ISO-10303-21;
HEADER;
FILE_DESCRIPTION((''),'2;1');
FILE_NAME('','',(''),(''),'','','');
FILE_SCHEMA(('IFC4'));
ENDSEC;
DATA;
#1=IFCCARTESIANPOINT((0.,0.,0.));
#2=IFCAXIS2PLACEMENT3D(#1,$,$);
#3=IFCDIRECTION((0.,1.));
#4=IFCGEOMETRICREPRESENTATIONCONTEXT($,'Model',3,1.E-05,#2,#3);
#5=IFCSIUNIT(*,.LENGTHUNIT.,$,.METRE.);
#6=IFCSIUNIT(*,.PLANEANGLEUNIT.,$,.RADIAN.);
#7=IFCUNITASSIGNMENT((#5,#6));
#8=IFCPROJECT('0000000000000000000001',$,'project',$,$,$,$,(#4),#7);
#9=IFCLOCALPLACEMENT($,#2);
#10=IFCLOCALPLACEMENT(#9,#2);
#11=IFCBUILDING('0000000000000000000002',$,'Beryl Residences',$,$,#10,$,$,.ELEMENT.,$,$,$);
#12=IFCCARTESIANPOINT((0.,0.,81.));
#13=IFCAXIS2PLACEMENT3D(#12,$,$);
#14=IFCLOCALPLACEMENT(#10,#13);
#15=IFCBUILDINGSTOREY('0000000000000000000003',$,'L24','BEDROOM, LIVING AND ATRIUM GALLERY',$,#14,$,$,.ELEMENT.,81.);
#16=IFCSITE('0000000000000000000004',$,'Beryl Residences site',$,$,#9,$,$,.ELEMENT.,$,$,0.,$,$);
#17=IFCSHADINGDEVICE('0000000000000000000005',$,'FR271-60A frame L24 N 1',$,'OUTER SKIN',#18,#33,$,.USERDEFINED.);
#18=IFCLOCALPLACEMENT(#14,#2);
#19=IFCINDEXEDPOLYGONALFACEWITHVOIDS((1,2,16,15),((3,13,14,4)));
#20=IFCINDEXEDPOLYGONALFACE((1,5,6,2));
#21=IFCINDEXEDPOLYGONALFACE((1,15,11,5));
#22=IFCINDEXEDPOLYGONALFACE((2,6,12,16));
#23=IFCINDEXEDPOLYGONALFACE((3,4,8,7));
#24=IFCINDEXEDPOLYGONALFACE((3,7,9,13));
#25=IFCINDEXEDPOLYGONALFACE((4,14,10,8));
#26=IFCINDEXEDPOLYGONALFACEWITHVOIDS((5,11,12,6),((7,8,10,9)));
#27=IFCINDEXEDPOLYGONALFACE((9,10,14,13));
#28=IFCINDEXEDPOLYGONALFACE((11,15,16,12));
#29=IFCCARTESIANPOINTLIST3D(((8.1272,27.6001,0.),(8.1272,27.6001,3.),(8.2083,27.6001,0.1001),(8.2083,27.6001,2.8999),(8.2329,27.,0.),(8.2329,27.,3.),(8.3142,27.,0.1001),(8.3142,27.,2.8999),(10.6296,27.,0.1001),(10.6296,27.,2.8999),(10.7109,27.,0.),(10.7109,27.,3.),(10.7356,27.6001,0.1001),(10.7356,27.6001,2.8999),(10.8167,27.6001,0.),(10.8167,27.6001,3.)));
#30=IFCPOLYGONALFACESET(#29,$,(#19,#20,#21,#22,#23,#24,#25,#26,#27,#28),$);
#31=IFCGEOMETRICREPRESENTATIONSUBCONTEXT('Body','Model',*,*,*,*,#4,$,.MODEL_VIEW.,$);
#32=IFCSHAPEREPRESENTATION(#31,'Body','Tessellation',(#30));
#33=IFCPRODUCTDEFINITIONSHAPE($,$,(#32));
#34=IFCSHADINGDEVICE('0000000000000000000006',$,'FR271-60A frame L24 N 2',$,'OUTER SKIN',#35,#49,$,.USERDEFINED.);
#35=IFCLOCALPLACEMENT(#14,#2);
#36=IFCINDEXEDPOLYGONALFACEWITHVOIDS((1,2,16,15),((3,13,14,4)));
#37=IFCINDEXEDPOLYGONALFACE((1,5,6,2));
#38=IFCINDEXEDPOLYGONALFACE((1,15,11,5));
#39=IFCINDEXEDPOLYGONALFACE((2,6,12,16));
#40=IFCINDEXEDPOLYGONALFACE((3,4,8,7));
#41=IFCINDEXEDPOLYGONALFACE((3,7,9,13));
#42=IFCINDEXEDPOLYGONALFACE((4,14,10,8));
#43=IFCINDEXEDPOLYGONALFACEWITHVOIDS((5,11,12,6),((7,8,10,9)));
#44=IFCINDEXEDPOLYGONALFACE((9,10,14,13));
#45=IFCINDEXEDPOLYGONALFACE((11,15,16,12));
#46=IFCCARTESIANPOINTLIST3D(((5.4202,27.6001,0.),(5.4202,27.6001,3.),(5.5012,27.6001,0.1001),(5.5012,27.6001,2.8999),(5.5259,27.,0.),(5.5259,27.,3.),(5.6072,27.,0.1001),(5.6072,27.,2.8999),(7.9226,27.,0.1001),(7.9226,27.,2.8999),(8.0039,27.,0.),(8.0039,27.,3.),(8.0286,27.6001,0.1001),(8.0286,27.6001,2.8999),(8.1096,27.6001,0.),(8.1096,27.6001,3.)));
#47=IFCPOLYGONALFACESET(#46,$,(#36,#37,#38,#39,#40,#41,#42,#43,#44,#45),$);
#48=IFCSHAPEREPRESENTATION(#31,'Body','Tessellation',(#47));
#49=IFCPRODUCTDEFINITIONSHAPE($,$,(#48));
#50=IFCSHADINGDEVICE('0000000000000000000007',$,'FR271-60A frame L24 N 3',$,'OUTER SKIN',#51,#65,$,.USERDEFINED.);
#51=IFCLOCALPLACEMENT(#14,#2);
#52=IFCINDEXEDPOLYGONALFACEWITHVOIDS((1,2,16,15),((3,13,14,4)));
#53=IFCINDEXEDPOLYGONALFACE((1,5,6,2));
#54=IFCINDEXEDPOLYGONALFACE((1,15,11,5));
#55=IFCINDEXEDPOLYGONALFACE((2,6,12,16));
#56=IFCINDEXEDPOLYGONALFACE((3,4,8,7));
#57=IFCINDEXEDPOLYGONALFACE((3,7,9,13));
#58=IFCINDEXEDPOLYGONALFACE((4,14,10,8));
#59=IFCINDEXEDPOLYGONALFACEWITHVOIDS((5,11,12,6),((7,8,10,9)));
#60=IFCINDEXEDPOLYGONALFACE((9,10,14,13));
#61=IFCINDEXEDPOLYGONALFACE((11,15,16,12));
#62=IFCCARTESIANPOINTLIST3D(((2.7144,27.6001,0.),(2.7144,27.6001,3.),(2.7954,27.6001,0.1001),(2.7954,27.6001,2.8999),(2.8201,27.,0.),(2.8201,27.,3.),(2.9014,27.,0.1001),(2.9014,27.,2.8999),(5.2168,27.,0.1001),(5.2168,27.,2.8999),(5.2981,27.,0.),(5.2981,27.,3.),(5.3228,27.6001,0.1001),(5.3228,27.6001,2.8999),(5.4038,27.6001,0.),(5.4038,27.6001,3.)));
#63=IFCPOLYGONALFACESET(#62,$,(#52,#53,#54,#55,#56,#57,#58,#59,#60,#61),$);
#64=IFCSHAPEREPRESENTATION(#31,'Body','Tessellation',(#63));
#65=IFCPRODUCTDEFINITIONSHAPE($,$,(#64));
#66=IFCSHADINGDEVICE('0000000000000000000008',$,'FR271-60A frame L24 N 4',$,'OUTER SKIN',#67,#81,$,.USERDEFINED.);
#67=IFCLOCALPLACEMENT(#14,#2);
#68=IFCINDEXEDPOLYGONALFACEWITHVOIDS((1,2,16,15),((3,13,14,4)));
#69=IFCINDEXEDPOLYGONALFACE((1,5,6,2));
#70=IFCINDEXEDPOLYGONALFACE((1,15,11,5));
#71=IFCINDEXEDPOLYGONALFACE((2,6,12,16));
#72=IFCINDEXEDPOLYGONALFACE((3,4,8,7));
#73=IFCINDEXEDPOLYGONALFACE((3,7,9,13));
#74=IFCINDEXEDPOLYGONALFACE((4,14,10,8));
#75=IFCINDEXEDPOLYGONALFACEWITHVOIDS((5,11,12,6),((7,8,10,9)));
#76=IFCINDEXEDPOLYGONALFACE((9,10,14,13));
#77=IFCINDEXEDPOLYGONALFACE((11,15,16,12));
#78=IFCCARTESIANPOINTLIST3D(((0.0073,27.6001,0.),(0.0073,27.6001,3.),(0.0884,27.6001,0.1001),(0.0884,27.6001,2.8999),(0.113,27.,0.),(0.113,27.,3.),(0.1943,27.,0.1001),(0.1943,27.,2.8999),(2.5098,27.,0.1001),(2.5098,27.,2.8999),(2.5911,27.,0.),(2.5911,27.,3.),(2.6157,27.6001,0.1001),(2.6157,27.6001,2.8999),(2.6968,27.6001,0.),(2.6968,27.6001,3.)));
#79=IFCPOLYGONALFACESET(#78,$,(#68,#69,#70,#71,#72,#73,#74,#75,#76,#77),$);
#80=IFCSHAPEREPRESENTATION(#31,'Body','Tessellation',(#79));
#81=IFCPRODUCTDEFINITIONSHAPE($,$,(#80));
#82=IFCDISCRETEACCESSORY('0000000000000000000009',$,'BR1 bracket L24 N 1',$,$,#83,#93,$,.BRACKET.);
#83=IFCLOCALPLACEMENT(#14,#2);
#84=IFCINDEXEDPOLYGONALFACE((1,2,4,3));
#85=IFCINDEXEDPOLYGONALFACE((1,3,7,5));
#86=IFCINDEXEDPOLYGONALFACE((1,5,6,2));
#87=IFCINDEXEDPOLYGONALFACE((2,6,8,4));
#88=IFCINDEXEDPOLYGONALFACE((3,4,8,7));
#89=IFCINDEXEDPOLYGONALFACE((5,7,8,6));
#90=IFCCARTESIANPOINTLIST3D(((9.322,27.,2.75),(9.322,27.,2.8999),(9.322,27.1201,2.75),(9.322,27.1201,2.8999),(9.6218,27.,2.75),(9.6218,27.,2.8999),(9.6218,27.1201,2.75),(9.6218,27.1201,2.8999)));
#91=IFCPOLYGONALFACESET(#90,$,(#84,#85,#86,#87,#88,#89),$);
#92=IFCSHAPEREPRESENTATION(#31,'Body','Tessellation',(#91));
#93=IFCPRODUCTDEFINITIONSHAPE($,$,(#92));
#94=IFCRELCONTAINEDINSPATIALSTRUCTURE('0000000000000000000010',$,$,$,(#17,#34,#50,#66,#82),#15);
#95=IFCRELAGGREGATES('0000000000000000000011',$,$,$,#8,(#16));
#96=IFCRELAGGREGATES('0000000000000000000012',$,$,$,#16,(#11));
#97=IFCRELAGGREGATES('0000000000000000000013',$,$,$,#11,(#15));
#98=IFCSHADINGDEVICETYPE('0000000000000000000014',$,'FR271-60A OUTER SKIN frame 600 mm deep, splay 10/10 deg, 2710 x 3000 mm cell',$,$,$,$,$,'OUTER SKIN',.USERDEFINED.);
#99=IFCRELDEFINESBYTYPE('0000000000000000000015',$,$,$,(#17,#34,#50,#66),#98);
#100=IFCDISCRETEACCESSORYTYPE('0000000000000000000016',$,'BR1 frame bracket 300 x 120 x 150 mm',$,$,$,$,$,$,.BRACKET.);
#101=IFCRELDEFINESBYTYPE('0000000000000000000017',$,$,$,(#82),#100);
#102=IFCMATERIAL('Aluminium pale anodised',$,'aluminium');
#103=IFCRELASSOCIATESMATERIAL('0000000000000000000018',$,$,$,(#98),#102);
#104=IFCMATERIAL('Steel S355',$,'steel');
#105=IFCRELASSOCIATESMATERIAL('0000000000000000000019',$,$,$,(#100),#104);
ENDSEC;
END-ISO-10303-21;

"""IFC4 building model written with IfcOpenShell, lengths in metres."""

from ifc_helpers import new_model, entity, si_unit, direction, frame, origin, place, context, subcontext, project, spatial, polyline, outline, extrude, source, transform, mapped, material, type_object, type_shapes, element, save


model = new_model("IFC4")

# Units and contexts
model_context = context("Model", 3, precision=1e-05, world=origin(), true_north=direction((0.0, 1.0)))
body_context = subcontext(model_context, "Body", "Model", "MODEL_VIEW")
ifc_project = project(units=[si_unit("LENGTHUNIT", "METRE"), si_unit("PLANEANGLEUNIT", "RADIAN")], contexts=[model_context])

# Site, building, storey
site_placement = place(None, origin())
site = spatial("IfcSite", under=ifc_project, at=site_placement, Name="Beryl Residences site", CompositionType="ELEMENT", RefElevation=0.0)
building_placement = place(site_placement, origin())
building = spatial("IfcBuilding", under=site, at=building_placement, Name="Beryl Residences", CompositionType="ELEMENT")
storey_placement = place(building_placement, frame((0.0, 0.0, 81.0)))
storey = spatial("IfcBuildingStorey", under=building, at=storey_placement, Name="L24", Description="BEDROOM, LIVING AND ATRIUM GALLERY", CompositionType="ELEMENT", Elevation=81.0)

# Shading devices
ifc_material_1 = material(Name="Aluminium pale anodised", Category="aluminium")
shading_device_type = type_object("IfcShadingDeviceType", Name="FR271-60A OUTER SKIN frame 600 mm deep, splay 10/10 deg, 2710 x 3000 mm cell", ElementType="OUTER SKIN", PredefinedType="USERDEFINED", material=ifc_material_1)
cartesian_point_1 = entity("IfcCartesianPoint", [-1.239, 0.0])
cartesian_point_2 = entity("IfcCartesianPoint", [-1.1577, 0.1001])
cartesian_point_3 = entity("IfcCartesianPoint", [-1.3447, 0.0])
cartesian_point_4 = entity("IfcCartesianPoint", [-1.2637, 0.1001])
shared_shape_1 = source(origin(), body_context, "Body", "SweptSolid", [
    entity("IfcExtrudedAreaSolidTapered", entity("IfcArbitraryProfileDefWithVoids", "AREA", None, entity("IfcPolyline", [cartesian_point_1, entity("IfcCartesianPoint", [1.239, 0.0]), entity("IfcCartesianPoint", [1.239, 3.0]), entity("IfcCartesianPoint", [-1.239, 3.0]), cartesian_point_1]), [entity("IfcPolyline", [cartesian_point_2, entity("IfcCartesianPoint", [1.1577, 0.1001]), entity("IfcCartesianPoint", [1.1577, 2.8999]), entity("IfcCartesianPoint", [-1.1577, 2.8999]), cartesian_point_2])]), entity("IfcAxis2Placement3D", entity("IfcCartesianPoint", [0.0, 0.0, 0.0]), entity("IfcDirection", [0.0, 1.0, 0.0]), entity("IfcDirection", [-1.0, 0.0, 0.0])), entity("IfcDirection", [0.0, 0.0, 1.0]), 0.6001, entity("IfcArbitraryProfileDefWithVoids", "AREA", None, entity("IfcPolyline", [cartesian_point_3, entity("IfcCartesianPoint", [1.3447, 0.0]), entity("IfcCartesianPoint", [1.3447, 3.0]), entity("IfcCartesianPoint", [-1.3447, 3.0]), cartesian_point_3]), [entity("IfcPolyline", [cartesian_point_4, entity("IfcCartesianPoint", [1.2637, 0.1001]), entity("IfcCartesianPoint", [1.2637, 2.8999]), entity("IfcCartesianPoint", [-1.2637, 2.8999]), cartesian_point_4])])),
])
type_shapes(shading_device_type, [shared_shape_1])
for number, where, z_axis, x_axis, name in (
    (1, (9.4719, 27.0, 0.0), (0.0, 0.0, 1.0), (1.0, 0.0, 0.0), "FR271-60A frame L24 N 1"),
    (2, (6.7649, 27.0, 0.0), (0.0, 0.0, 1.0), (1.0, 0.0, 0.0), "FR271-60A frame L24 N 2"),
    (3, (4.0591, 27.0, 0.0), (0.0, 0.0, 1.0), (1.0, 0.0, 0.0), "FR271-60A frame L24 N 3"),
    (4, (1.3521, 27.0, 0.0), (0.0, 0.0, 1.0), (1.0, 0.0, 0.0), "FR271-60A frame L24 N 4"),
):
    element("IfcShadingDevice", number, at=place(storey_placement, frame(where, z_axis=z_axis, x_axis=x_axis)), inside=storey, type_object=shading_device_type, Name=name, ObjectType="OUTER SKIN", PredefinedType="USERDEFINED", context=body_context, shape_type="MappedRepresentation", body=[
        mapped(shared_shape_1, transform((0.0, 0.0, 0.0))),
    ])

# Discrete accessory
ifc_material_2 = material(Name="Steel S355", Category="steel")
discrete_accessory_type = type_object("IfcDiscreteAccessoryType", Name="BR1 frame bracket 300 x 120 x 150 mm", PredefinedType="BRACKET", material=ifc_material_2)
shared_shape_2 = source(origin(), body_context, "Body", "SweptSolid", [
    extrude(outline(polyline([(-0.1499, 0.0), (0.1499, 0.0), (0.1499, 0.1201), (-0.1499, 0.1201), (-0.1499, 0.0)])), origin(), (0.0, 0.0, 1.0), 0.1499),
])
type_shapes(discrete_accessory_type, [shared_shape_2])
discrete_accessory_placement = place(storey_placement, frame((9.4719, 27.0, 2.75), z_axis=(0.0, 0.0, 1.0), x_axis=(1.0, 0.0, 0.0)))
element("IfcDiscreteAccessory", 5, at=discrete_accessory_placement, inside=storey, type_object=discrete_accessory_type, Name="BR1 bracket L24 N 1", PredefinedType="BRACKET", context=body_context, shape_type="MappedRepresentation", body=[
    mapped(shared_shape_2, transform((0.0, 0.0, 0.0))),
])

save(model, "model.ifc")
